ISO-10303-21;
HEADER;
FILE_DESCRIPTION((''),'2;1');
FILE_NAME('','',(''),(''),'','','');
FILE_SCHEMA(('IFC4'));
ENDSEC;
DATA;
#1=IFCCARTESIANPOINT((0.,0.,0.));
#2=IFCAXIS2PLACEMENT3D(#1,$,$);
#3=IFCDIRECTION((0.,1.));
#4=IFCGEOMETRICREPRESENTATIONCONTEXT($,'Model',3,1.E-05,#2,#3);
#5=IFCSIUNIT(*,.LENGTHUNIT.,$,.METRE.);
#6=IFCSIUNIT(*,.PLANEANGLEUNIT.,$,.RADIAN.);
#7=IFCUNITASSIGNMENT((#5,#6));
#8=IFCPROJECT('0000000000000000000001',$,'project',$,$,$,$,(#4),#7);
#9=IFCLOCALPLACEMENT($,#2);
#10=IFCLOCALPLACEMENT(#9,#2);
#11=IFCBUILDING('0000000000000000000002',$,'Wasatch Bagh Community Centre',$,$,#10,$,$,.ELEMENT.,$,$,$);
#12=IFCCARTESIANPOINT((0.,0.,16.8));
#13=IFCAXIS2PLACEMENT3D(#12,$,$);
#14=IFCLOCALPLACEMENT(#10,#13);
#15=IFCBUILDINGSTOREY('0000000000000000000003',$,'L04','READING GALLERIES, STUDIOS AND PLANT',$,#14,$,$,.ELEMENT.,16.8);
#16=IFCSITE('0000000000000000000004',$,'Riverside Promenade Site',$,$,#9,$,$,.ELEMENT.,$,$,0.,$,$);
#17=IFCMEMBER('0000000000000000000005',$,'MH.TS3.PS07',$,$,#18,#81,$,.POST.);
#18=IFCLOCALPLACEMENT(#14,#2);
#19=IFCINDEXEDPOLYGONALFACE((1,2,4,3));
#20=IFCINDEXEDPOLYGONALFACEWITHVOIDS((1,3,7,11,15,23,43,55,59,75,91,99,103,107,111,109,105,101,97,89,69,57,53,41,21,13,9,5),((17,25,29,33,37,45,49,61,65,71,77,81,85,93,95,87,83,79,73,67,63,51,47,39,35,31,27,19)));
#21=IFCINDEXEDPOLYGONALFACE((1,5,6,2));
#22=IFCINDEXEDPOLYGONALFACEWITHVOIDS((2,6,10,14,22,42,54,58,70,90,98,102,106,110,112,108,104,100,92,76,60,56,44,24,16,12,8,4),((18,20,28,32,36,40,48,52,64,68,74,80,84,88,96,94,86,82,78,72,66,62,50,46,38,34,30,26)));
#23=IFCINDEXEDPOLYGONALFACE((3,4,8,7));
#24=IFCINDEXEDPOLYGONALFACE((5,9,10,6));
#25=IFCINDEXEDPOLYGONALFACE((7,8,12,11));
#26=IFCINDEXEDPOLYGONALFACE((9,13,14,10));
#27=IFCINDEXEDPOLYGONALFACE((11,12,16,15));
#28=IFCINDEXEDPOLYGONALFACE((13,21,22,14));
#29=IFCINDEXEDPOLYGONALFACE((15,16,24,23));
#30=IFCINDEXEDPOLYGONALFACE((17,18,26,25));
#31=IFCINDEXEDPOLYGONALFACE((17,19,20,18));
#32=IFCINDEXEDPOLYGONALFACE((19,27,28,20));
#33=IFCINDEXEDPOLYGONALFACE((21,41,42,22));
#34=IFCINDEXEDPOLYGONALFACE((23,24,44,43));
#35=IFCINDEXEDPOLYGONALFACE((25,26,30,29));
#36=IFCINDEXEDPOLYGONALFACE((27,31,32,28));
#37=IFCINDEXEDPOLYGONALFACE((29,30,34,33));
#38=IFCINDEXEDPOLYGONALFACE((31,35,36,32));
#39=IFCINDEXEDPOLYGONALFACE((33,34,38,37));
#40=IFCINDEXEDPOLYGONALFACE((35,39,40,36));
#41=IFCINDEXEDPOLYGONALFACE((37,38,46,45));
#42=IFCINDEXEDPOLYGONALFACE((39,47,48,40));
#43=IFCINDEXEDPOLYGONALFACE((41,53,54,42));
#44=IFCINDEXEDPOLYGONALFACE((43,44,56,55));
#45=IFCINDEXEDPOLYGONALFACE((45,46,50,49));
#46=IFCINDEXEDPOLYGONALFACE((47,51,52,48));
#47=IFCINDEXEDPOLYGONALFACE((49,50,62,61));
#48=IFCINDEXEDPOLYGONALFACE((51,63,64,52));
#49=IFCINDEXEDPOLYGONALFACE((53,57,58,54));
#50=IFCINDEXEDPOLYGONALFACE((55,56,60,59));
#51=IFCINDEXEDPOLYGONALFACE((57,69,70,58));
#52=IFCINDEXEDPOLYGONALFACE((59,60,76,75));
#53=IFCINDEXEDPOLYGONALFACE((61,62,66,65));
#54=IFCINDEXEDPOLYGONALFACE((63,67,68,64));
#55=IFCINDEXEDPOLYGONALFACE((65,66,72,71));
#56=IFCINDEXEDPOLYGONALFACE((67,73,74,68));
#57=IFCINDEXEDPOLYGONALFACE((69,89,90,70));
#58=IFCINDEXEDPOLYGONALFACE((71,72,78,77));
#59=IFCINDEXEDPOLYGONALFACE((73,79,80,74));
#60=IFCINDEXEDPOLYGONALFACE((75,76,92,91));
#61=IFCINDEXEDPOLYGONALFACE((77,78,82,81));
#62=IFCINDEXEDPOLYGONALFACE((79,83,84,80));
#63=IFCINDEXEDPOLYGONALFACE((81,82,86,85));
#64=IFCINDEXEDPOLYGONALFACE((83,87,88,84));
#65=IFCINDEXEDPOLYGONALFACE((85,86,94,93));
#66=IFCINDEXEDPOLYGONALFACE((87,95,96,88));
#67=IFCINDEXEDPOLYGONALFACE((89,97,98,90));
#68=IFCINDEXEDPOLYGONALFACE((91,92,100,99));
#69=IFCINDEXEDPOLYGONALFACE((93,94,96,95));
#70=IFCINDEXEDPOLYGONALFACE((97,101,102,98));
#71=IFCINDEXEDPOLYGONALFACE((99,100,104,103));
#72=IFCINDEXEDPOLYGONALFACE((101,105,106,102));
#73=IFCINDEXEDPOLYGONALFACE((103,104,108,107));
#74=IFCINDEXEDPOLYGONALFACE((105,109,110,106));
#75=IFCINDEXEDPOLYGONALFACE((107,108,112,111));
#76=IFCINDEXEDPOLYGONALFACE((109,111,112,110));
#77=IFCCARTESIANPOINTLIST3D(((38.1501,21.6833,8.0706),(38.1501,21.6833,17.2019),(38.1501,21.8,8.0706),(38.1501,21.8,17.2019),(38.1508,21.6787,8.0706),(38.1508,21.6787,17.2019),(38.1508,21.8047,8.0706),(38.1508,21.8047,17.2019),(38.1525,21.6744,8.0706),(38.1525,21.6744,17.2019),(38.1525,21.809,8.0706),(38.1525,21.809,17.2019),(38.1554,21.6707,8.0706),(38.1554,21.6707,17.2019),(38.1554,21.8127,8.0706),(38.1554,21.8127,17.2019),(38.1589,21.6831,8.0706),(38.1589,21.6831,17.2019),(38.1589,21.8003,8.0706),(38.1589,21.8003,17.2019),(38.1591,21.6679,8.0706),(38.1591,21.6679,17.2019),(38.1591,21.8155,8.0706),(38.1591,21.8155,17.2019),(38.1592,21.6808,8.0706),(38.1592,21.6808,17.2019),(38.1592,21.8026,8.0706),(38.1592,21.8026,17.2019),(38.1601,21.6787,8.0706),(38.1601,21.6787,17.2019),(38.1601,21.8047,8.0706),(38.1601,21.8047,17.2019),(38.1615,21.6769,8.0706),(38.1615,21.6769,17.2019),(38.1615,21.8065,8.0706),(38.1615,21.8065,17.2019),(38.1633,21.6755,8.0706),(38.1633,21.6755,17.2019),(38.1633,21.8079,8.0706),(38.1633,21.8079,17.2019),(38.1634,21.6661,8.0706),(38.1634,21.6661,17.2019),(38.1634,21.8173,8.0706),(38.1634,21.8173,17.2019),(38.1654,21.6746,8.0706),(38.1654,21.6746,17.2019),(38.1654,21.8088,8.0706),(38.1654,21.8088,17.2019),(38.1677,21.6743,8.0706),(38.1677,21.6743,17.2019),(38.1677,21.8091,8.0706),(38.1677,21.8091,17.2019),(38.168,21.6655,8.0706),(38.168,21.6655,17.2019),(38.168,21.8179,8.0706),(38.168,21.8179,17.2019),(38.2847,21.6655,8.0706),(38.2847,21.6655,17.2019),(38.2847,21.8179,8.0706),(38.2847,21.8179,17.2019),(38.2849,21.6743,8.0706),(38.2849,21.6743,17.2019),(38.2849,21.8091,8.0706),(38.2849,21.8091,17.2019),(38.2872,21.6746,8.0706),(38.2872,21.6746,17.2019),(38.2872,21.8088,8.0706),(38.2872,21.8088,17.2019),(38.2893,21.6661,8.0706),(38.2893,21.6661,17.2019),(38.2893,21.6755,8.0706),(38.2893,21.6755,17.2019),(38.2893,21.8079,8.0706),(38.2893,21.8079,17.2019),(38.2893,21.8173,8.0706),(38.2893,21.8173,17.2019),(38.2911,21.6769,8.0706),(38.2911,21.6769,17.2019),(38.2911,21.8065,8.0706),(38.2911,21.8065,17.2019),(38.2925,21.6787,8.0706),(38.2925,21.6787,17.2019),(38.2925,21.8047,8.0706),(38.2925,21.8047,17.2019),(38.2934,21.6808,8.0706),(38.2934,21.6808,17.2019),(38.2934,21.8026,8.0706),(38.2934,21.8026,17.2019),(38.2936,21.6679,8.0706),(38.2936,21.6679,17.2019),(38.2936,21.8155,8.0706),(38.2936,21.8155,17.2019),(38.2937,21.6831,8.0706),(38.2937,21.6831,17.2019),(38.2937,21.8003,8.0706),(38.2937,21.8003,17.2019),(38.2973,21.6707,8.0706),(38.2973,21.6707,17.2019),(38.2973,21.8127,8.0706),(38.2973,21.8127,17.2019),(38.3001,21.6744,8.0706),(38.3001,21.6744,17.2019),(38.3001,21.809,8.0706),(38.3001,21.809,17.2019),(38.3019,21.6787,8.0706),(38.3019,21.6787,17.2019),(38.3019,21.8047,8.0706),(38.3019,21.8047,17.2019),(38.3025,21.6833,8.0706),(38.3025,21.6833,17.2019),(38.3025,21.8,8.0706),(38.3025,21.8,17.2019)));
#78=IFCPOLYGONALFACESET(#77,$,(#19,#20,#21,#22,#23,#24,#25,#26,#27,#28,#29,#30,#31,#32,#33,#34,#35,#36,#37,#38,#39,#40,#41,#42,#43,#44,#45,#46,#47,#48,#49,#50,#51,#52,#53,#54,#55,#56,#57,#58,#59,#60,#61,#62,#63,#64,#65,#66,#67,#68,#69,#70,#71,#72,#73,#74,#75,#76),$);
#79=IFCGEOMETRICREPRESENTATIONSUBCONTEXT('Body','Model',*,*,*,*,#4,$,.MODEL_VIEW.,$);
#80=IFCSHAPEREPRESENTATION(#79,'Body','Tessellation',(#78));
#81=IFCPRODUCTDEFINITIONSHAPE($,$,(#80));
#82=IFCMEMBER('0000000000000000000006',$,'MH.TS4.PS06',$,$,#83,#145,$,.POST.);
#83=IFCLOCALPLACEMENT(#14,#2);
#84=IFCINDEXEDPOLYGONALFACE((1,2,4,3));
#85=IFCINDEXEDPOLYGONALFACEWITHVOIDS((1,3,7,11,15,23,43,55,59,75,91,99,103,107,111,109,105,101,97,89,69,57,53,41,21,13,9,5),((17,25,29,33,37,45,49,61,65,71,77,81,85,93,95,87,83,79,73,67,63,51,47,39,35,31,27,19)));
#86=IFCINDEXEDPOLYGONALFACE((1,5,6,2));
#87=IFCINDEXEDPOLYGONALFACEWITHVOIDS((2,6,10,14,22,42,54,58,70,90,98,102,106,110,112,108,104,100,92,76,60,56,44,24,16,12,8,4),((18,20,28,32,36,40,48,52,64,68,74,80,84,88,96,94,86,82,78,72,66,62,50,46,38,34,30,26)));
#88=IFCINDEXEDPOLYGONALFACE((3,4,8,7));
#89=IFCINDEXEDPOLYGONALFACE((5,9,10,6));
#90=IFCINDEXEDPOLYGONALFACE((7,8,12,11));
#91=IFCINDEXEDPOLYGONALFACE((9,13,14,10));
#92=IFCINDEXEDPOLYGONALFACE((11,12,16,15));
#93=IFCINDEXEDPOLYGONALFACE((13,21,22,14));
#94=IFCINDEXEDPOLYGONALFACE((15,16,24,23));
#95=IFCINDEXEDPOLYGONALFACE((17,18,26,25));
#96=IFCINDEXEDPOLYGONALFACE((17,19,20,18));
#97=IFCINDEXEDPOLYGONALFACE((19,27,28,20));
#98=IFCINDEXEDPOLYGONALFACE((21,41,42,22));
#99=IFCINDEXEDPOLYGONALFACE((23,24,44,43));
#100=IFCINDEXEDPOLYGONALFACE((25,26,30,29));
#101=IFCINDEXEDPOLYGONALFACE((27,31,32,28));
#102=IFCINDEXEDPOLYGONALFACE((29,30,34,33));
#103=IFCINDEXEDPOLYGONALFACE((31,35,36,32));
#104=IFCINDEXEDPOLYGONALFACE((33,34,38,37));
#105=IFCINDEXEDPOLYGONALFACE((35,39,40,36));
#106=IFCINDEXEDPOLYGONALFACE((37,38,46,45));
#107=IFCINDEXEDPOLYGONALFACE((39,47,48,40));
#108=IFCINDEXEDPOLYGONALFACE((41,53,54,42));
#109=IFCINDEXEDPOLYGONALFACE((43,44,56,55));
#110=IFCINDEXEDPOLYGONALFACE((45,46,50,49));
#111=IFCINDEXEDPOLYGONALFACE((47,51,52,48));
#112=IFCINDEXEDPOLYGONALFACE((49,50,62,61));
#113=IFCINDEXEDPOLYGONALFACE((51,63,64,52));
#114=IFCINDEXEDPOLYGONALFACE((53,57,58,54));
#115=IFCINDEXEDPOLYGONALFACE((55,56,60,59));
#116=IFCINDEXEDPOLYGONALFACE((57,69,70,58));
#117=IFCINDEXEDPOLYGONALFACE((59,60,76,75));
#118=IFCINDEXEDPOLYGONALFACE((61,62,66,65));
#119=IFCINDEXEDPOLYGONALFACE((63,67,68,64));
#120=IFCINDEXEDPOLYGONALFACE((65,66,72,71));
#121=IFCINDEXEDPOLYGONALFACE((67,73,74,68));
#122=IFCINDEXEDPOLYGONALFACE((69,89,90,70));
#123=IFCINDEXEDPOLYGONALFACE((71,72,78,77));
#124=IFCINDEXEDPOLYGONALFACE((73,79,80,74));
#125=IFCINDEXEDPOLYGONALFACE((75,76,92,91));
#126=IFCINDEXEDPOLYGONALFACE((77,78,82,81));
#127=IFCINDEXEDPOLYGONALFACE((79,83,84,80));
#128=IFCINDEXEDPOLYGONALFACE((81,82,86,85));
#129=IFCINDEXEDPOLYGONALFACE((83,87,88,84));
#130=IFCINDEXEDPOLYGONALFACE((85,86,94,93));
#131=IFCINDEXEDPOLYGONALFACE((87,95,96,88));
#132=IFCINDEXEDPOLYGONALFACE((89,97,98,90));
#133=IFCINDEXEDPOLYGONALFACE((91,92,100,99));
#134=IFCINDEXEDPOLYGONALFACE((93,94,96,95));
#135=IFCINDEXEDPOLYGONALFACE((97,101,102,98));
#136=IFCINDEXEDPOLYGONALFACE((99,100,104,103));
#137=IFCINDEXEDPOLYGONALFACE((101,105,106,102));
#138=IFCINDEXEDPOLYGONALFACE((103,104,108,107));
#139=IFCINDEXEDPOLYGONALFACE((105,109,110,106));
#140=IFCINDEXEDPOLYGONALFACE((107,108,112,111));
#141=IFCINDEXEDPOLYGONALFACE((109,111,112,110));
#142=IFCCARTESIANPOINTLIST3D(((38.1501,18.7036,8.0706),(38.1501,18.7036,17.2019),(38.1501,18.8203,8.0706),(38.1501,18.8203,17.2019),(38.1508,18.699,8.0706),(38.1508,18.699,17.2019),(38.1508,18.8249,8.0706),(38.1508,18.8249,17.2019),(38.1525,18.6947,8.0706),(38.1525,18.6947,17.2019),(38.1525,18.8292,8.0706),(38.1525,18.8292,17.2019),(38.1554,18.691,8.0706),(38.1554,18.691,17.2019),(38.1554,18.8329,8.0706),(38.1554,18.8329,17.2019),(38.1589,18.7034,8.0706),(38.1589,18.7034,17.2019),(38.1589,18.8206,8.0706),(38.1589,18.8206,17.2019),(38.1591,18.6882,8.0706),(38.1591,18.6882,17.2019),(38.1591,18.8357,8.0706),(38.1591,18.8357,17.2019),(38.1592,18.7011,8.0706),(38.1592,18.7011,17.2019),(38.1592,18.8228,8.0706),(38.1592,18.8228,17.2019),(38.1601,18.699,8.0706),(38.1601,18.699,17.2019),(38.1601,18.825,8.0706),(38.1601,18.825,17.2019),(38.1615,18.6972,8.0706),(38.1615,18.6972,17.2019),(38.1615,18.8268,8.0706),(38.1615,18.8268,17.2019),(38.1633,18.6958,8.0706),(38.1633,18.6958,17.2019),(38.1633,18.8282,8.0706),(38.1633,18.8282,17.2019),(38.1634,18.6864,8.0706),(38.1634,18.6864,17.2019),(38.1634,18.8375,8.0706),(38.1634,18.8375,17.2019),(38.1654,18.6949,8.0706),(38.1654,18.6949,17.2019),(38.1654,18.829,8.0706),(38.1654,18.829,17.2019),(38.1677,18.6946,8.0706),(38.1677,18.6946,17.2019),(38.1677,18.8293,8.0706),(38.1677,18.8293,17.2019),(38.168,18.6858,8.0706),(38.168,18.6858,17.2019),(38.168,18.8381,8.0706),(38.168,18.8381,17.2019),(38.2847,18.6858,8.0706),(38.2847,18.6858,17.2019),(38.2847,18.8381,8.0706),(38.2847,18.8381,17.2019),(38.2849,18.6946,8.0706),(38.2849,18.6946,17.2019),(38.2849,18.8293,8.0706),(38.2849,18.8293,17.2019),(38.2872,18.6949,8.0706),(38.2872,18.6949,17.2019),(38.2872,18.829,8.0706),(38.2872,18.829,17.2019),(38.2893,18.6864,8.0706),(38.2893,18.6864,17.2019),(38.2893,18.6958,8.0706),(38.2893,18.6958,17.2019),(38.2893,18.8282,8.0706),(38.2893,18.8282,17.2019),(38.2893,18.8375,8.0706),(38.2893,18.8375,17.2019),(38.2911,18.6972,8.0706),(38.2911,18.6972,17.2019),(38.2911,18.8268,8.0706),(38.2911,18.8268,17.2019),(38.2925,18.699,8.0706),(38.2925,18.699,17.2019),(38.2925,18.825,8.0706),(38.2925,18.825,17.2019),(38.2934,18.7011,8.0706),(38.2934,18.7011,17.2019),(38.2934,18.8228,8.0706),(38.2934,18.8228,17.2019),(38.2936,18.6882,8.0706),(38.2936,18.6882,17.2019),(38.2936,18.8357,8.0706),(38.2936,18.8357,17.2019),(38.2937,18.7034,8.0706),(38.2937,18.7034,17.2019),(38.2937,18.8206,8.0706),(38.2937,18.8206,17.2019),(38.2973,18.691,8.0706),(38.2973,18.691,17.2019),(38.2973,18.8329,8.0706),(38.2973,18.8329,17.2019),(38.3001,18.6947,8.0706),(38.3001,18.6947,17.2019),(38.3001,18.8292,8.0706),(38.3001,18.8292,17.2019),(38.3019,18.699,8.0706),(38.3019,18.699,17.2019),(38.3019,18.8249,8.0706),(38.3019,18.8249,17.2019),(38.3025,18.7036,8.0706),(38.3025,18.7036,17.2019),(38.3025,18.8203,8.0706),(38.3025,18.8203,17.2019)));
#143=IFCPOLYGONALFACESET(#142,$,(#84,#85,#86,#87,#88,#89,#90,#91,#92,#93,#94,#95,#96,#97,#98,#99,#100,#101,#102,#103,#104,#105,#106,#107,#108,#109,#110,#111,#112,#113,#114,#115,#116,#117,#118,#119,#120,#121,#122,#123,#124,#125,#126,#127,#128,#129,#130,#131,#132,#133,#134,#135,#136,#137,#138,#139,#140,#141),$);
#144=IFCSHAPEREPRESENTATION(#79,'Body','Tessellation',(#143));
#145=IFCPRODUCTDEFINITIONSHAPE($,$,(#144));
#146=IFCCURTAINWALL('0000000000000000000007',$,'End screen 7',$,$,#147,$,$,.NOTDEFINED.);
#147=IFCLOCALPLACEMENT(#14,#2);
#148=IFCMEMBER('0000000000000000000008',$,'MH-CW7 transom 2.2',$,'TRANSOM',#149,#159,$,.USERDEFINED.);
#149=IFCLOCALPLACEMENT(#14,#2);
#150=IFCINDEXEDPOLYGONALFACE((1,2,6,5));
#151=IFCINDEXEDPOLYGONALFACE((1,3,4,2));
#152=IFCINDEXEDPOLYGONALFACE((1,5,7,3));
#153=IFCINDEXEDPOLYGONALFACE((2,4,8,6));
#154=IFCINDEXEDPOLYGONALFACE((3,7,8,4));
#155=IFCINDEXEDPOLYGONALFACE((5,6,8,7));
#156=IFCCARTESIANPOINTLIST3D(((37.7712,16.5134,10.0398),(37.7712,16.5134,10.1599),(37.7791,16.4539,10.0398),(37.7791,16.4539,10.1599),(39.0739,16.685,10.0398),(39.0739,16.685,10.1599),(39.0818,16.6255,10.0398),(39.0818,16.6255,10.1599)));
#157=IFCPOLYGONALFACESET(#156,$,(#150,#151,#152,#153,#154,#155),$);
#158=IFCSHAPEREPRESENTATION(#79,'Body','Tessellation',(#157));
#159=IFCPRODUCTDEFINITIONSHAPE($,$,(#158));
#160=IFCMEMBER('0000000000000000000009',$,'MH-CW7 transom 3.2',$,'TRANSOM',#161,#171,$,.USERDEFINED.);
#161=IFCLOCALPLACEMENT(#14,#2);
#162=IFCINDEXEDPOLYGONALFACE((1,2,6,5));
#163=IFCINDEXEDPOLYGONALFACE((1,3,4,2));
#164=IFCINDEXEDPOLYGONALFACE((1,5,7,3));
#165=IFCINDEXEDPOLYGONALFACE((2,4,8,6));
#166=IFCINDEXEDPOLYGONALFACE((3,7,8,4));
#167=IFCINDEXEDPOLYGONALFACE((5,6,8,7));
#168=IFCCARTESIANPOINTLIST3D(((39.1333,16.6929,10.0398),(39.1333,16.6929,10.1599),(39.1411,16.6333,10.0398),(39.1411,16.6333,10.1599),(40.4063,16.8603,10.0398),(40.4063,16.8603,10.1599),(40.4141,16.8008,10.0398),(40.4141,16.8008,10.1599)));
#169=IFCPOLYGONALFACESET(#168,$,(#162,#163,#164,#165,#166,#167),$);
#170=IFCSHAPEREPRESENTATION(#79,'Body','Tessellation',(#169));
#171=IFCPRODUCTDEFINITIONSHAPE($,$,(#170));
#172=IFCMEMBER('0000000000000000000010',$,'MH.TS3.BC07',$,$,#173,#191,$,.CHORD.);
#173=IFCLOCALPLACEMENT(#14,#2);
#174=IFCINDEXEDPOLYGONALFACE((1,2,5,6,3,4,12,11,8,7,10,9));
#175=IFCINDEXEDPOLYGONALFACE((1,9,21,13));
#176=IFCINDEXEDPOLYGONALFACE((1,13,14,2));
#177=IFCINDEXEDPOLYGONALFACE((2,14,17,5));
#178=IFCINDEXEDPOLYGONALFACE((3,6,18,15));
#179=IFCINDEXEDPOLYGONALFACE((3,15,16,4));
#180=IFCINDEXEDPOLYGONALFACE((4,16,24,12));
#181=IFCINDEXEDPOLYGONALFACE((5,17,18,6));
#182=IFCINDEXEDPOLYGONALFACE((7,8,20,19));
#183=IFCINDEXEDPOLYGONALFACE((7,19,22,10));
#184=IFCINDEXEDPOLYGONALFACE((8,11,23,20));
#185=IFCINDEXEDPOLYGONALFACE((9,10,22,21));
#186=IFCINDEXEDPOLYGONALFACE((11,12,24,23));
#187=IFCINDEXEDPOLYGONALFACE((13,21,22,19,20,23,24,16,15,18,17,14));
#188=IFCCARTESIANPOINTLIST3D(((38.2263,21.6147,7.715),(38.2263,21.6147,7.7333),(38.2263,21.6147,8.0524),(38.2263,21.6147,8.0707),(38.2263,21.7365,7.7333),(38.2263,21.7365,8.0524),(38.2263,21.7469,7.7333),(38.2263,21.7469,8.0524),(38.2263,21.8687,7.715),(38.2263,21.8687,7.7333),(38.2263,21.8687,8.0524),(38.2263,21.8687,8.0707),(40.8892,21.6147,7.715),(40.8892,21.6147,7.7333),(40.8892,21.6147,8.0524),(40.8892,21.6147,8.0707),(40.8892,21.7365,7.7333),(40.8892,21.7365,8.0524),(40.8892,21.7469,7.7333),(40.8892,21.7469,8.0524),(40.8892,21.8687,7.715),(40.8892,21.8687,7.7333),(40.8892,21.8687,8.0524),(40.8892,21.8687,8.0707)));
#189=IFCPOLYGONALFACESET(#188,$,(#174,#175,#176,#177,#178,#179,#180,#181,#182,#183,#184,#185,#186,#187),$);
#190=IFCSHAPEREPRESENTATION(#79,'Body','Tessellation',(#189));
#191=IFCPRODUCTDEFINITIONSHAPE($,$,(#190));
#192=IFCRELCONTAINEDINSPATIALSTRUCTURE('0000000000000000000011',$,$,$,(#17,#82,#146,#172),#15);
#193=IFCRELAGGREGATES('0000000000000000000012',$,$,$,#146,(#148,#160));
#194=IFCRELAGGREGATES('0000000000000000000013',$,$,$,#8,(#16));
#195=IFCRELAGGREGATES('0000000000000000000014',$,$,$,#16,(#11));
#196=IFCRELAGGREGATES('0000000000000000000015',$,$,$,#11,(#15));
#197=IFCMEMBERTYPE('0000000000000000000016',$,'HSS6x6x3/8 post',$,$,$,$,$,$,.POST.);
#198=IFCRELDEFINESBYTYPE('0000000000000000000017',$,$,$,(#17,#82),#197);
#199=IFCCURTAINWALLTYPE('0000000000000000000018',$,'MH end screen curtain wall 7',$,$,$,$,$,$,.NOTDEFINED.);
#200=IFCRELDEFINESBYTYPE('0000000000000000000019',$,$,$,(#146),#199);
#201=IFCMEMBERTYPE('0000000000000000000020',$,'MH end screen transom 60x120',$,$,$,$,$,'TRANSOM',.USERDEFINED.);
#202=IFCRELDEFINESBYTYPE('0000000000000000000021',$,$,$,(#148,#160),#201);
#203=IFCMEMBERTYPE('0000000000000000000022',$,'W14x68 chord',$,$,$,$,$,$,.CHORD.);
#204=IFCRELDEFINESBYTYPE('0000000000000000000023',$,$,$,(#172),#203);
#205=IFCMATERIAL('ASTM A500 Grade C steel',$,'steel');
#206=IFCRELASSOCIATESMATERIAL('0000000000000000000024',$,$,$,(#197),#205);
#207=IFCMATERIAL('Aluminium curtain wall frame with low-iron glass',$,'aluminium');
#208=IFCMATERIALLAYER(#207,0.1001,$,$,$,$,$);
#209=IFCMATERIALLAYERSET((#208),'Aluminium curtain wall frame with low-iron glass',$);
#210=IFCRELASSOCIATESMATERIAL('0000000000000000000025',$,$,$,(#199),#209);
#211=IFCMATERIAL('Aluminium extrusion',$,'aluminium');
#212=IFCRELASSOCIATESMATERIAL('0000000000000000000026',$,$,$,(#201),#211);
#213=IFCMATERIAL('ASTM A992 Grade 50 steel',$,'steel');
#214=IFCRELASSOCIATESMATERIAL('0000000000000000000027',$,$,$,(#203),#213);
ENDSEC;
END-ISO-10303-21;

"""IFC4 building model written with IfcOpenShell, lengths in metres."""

from ifc_helpers import new_model, si_unit, direction, frame, origin, origin_2d, place, context, subcontext, project, spatial, rectangle, hollow_rectangle, i_section, extrude, material, layer, layer_set, material_profile, profile_set, type_object, element, aggregate, save


model = new_model("IFC4")

# Units and contexts
model_context = context("Model", 3, precision=1e-05, world=origin(), true_north=direction((0.0, 1.0)))
body_context = subcontext(model_context, "Body", "Model", "MODEL_VIEW")
ifc_project = project(units=[si_unit("LENGTHUNIT", "METRE"), si_unit("PLANEANGLEUNIT", "RADIAN")], contexts=[model_context])

# Site, building, storey
site_placement = place(None, origin())
site = spatial("IfcSite", under=ifc_project, at=site_placement, Name="Riverside Promenade Site", CompositionType="ELEMENT", RefElevation=0.0)
building_placement = place(site_placement, origin())
building = spatial("IfcBuilding", under=site, at=building_placement, Name="Wasatch Bagh Community Centre", CompositionType="ELEMENT")
storey_placement = place(building_placement, frame((0.0, 0.0, 16.8)))
storey = spatial("IfcBuildingStorey", under=building, at=storey_placement, Name="L04", Description="READING GALLERIES, STUDIOS AND PLANT", CompositionType="ELEMENT", Elevation=16.8)

# Members
ifc_material_1 = material(Name="ASTM A500 Grade C steel", Category="steel")
ifc_material_profile_1 = material_profile(ifc_material_1, hollow_rectangle(XDim=0.1523, YDim=0.1523, WallThickness=0.0088, InnerFilletRadius=0.0088, OuterFilletRadius=0.0178, at=origin_2d()), Name="HSS6x6x3/8")
ifc_profile_set_1 = profile_set([ifc_material_profile_1], Name="ASTM A500 Grade C steel")
member_type_1 = type_object("IfcMemberType", Name="HSS6x6x3/8 post", PredefinedType="POST", material=ifc_profile_set_1)
for number, where, z_axis, x_axis, name in (
    (1, (38.2263, 21.7417, 8.0706), (0.0, 0.0, 1.0), (1.0, 0.0, 0.0), "MH.TS3.PS07"),
    (2, (38.2263, 18.762, 8.0706), (0.0, 0.0, 1.0), (1.0, 0.0, 0.0), "MH.TS4.PS06"),
):
    element("IfcMember", number, at=place(storey_placement, frame(where, z_axis=z_axis, x_axis=x_axis)), inside=storey, type_object=member_type_1, Name=name, PredefinedType="POST", context=body_context, shape_type="SweptSolid", body=[
        extrude(hollow_rectangle(XDim=0.1523, YDim=0.1523, WallThickness=0.0088, InnerFilletRadius=0.0088, OuterFilletRadius=0.0178, at=origin_2d()), origin(), (0.0, 0.0, 1.0), 9.1313),
    ])

# Curtain wall, members
ifc_material_2 = material(Name="Aluminium curtain wall frame with low-iron glass", Category="aluminium")
ifc_layer_1 = layer(ifc_material_2, 0.1001)
ifc_layer_set_1 = layer_set([ifc_layer_1], Name="Aluminium curtain wall frame with low-iron glass")
curtain_wall_type = type_object("IfcCurtainWallType", Name="MH end screen curtain wall 7", PredefinedType="NOTDEFINED", material=ifc_layer_set_1)
curtain_wall_placement = place(storey_placement, origin())
curtain_wall = element("IfcCurtainWall", 3, at=curtain_wall_placement, inside=storey, type_object=curtain_wall_type, Name="End screen 7", PredefinedType="NOTDEFINED")
ifc_material_3 = material(Name="Aluminium extrusion", Category="aluminium")
ifc_material_profile_2 = material_profile(ifc_material_3, rectangle(XDim=0.0601, YDim=0.1201, at=origin_2d()), Name="AL 60x120")
ifc_profile_set_2 = profile_set([ifc_material_profile_2], Name="Aluminium extrusion")
member_type_2 = type_object("IfcMemberType", Name="MH end screen transom 60x120", ElementType="TRANSOM", PredefinedType="USERDEFINED", material=ifc_profile_set_2)
member_1_placement = place(storey_placement, frame((37.7751, 16.4836, 10.0999), z_axis=(0.991433, 0.130618, 0.0), x_axis=(-0.130618, 0.991433, 0.0)))
member_1 = element("IfcMember", 4, at=member_1_placement, type_object=member_type_2, Name="MH-CW7 transom 2.2", ObjectType="TRANSOM", PredefinedType="USERDEFINED", context=body_context, shape_type="SweptSolid", body=[
    extrude(rectangle(XDim=0.0601, YDim=0.1201, at=origin_2d()), origin(), (0.0, 0.0, 1.0), 1.314),
])
member_2_placement = place(storey_placement, frame((39.1372, 16.6631, 10.0999), z_axis=(0.991456, 0.130445, 0.0), x_axis=(-0.130445, 0.991456, 0.0)))
member_2 = element("IfcMember", 5, at=member_2_placement, type_object=member_type_2, Name="MH-CW7 transom 3.2", ObjectType="TRANSOM", PredefinedType="USERDEFINED", context=body_context, shape_type="SweptSolid", body=[
    extrude(rectangle(XDim=0.0601, YDim=0.1201, at=origin_2d()), origin(), (0.0, 0.0, 1.0), 1.2839),
])

# Member
ifc_material_4 = material(Name="ASTM A992 Grade 50 steel", Category="steel")
ifc_material_profile_3 = material_profile(ifc_material_4, i_section(OverallWidth=0.2539, OverallDepth=0.3557, WebThickness=0.0105, FlangeThickness=0.0183, at=origin_2d()), Name="W14x68")
ifc_profile_set_3 = profile_set([ifc_material_profile_3], Name="ASTM A992 Grade 50 steel")
member_type_3 = type_object("IfcMemberType", Name="W14x68 chord", PredefinedType="CHORD", material=ifc_profile_set_3)
member_3_placement = place(storey_placement, frame((38.2263, 21.7417, 7.8928), z_axis=(1.0, 0.0, 0.0), x_axis=(0.0, 1.0, 0.0)))
element("IfcMember", 6, at=member_3_placement, inside=storey, type_object=member_type_3, Name="MH.TS3.BC07", PredefinedType="CHORD", context=body_context, shape_type="SweptSolid", body=[
    extrude(i_section(OverallWidth=0.2539, OverallDepth=0.3557, WebThickness=0.0105, FlangeThickness=0.0183, at=origin_2d()), origin(), (0.0, 0.0, 1.0), 2.6628),
])

aggregate(curtain_wall, [member_1, member_2])

save(model, "model.ifc")
